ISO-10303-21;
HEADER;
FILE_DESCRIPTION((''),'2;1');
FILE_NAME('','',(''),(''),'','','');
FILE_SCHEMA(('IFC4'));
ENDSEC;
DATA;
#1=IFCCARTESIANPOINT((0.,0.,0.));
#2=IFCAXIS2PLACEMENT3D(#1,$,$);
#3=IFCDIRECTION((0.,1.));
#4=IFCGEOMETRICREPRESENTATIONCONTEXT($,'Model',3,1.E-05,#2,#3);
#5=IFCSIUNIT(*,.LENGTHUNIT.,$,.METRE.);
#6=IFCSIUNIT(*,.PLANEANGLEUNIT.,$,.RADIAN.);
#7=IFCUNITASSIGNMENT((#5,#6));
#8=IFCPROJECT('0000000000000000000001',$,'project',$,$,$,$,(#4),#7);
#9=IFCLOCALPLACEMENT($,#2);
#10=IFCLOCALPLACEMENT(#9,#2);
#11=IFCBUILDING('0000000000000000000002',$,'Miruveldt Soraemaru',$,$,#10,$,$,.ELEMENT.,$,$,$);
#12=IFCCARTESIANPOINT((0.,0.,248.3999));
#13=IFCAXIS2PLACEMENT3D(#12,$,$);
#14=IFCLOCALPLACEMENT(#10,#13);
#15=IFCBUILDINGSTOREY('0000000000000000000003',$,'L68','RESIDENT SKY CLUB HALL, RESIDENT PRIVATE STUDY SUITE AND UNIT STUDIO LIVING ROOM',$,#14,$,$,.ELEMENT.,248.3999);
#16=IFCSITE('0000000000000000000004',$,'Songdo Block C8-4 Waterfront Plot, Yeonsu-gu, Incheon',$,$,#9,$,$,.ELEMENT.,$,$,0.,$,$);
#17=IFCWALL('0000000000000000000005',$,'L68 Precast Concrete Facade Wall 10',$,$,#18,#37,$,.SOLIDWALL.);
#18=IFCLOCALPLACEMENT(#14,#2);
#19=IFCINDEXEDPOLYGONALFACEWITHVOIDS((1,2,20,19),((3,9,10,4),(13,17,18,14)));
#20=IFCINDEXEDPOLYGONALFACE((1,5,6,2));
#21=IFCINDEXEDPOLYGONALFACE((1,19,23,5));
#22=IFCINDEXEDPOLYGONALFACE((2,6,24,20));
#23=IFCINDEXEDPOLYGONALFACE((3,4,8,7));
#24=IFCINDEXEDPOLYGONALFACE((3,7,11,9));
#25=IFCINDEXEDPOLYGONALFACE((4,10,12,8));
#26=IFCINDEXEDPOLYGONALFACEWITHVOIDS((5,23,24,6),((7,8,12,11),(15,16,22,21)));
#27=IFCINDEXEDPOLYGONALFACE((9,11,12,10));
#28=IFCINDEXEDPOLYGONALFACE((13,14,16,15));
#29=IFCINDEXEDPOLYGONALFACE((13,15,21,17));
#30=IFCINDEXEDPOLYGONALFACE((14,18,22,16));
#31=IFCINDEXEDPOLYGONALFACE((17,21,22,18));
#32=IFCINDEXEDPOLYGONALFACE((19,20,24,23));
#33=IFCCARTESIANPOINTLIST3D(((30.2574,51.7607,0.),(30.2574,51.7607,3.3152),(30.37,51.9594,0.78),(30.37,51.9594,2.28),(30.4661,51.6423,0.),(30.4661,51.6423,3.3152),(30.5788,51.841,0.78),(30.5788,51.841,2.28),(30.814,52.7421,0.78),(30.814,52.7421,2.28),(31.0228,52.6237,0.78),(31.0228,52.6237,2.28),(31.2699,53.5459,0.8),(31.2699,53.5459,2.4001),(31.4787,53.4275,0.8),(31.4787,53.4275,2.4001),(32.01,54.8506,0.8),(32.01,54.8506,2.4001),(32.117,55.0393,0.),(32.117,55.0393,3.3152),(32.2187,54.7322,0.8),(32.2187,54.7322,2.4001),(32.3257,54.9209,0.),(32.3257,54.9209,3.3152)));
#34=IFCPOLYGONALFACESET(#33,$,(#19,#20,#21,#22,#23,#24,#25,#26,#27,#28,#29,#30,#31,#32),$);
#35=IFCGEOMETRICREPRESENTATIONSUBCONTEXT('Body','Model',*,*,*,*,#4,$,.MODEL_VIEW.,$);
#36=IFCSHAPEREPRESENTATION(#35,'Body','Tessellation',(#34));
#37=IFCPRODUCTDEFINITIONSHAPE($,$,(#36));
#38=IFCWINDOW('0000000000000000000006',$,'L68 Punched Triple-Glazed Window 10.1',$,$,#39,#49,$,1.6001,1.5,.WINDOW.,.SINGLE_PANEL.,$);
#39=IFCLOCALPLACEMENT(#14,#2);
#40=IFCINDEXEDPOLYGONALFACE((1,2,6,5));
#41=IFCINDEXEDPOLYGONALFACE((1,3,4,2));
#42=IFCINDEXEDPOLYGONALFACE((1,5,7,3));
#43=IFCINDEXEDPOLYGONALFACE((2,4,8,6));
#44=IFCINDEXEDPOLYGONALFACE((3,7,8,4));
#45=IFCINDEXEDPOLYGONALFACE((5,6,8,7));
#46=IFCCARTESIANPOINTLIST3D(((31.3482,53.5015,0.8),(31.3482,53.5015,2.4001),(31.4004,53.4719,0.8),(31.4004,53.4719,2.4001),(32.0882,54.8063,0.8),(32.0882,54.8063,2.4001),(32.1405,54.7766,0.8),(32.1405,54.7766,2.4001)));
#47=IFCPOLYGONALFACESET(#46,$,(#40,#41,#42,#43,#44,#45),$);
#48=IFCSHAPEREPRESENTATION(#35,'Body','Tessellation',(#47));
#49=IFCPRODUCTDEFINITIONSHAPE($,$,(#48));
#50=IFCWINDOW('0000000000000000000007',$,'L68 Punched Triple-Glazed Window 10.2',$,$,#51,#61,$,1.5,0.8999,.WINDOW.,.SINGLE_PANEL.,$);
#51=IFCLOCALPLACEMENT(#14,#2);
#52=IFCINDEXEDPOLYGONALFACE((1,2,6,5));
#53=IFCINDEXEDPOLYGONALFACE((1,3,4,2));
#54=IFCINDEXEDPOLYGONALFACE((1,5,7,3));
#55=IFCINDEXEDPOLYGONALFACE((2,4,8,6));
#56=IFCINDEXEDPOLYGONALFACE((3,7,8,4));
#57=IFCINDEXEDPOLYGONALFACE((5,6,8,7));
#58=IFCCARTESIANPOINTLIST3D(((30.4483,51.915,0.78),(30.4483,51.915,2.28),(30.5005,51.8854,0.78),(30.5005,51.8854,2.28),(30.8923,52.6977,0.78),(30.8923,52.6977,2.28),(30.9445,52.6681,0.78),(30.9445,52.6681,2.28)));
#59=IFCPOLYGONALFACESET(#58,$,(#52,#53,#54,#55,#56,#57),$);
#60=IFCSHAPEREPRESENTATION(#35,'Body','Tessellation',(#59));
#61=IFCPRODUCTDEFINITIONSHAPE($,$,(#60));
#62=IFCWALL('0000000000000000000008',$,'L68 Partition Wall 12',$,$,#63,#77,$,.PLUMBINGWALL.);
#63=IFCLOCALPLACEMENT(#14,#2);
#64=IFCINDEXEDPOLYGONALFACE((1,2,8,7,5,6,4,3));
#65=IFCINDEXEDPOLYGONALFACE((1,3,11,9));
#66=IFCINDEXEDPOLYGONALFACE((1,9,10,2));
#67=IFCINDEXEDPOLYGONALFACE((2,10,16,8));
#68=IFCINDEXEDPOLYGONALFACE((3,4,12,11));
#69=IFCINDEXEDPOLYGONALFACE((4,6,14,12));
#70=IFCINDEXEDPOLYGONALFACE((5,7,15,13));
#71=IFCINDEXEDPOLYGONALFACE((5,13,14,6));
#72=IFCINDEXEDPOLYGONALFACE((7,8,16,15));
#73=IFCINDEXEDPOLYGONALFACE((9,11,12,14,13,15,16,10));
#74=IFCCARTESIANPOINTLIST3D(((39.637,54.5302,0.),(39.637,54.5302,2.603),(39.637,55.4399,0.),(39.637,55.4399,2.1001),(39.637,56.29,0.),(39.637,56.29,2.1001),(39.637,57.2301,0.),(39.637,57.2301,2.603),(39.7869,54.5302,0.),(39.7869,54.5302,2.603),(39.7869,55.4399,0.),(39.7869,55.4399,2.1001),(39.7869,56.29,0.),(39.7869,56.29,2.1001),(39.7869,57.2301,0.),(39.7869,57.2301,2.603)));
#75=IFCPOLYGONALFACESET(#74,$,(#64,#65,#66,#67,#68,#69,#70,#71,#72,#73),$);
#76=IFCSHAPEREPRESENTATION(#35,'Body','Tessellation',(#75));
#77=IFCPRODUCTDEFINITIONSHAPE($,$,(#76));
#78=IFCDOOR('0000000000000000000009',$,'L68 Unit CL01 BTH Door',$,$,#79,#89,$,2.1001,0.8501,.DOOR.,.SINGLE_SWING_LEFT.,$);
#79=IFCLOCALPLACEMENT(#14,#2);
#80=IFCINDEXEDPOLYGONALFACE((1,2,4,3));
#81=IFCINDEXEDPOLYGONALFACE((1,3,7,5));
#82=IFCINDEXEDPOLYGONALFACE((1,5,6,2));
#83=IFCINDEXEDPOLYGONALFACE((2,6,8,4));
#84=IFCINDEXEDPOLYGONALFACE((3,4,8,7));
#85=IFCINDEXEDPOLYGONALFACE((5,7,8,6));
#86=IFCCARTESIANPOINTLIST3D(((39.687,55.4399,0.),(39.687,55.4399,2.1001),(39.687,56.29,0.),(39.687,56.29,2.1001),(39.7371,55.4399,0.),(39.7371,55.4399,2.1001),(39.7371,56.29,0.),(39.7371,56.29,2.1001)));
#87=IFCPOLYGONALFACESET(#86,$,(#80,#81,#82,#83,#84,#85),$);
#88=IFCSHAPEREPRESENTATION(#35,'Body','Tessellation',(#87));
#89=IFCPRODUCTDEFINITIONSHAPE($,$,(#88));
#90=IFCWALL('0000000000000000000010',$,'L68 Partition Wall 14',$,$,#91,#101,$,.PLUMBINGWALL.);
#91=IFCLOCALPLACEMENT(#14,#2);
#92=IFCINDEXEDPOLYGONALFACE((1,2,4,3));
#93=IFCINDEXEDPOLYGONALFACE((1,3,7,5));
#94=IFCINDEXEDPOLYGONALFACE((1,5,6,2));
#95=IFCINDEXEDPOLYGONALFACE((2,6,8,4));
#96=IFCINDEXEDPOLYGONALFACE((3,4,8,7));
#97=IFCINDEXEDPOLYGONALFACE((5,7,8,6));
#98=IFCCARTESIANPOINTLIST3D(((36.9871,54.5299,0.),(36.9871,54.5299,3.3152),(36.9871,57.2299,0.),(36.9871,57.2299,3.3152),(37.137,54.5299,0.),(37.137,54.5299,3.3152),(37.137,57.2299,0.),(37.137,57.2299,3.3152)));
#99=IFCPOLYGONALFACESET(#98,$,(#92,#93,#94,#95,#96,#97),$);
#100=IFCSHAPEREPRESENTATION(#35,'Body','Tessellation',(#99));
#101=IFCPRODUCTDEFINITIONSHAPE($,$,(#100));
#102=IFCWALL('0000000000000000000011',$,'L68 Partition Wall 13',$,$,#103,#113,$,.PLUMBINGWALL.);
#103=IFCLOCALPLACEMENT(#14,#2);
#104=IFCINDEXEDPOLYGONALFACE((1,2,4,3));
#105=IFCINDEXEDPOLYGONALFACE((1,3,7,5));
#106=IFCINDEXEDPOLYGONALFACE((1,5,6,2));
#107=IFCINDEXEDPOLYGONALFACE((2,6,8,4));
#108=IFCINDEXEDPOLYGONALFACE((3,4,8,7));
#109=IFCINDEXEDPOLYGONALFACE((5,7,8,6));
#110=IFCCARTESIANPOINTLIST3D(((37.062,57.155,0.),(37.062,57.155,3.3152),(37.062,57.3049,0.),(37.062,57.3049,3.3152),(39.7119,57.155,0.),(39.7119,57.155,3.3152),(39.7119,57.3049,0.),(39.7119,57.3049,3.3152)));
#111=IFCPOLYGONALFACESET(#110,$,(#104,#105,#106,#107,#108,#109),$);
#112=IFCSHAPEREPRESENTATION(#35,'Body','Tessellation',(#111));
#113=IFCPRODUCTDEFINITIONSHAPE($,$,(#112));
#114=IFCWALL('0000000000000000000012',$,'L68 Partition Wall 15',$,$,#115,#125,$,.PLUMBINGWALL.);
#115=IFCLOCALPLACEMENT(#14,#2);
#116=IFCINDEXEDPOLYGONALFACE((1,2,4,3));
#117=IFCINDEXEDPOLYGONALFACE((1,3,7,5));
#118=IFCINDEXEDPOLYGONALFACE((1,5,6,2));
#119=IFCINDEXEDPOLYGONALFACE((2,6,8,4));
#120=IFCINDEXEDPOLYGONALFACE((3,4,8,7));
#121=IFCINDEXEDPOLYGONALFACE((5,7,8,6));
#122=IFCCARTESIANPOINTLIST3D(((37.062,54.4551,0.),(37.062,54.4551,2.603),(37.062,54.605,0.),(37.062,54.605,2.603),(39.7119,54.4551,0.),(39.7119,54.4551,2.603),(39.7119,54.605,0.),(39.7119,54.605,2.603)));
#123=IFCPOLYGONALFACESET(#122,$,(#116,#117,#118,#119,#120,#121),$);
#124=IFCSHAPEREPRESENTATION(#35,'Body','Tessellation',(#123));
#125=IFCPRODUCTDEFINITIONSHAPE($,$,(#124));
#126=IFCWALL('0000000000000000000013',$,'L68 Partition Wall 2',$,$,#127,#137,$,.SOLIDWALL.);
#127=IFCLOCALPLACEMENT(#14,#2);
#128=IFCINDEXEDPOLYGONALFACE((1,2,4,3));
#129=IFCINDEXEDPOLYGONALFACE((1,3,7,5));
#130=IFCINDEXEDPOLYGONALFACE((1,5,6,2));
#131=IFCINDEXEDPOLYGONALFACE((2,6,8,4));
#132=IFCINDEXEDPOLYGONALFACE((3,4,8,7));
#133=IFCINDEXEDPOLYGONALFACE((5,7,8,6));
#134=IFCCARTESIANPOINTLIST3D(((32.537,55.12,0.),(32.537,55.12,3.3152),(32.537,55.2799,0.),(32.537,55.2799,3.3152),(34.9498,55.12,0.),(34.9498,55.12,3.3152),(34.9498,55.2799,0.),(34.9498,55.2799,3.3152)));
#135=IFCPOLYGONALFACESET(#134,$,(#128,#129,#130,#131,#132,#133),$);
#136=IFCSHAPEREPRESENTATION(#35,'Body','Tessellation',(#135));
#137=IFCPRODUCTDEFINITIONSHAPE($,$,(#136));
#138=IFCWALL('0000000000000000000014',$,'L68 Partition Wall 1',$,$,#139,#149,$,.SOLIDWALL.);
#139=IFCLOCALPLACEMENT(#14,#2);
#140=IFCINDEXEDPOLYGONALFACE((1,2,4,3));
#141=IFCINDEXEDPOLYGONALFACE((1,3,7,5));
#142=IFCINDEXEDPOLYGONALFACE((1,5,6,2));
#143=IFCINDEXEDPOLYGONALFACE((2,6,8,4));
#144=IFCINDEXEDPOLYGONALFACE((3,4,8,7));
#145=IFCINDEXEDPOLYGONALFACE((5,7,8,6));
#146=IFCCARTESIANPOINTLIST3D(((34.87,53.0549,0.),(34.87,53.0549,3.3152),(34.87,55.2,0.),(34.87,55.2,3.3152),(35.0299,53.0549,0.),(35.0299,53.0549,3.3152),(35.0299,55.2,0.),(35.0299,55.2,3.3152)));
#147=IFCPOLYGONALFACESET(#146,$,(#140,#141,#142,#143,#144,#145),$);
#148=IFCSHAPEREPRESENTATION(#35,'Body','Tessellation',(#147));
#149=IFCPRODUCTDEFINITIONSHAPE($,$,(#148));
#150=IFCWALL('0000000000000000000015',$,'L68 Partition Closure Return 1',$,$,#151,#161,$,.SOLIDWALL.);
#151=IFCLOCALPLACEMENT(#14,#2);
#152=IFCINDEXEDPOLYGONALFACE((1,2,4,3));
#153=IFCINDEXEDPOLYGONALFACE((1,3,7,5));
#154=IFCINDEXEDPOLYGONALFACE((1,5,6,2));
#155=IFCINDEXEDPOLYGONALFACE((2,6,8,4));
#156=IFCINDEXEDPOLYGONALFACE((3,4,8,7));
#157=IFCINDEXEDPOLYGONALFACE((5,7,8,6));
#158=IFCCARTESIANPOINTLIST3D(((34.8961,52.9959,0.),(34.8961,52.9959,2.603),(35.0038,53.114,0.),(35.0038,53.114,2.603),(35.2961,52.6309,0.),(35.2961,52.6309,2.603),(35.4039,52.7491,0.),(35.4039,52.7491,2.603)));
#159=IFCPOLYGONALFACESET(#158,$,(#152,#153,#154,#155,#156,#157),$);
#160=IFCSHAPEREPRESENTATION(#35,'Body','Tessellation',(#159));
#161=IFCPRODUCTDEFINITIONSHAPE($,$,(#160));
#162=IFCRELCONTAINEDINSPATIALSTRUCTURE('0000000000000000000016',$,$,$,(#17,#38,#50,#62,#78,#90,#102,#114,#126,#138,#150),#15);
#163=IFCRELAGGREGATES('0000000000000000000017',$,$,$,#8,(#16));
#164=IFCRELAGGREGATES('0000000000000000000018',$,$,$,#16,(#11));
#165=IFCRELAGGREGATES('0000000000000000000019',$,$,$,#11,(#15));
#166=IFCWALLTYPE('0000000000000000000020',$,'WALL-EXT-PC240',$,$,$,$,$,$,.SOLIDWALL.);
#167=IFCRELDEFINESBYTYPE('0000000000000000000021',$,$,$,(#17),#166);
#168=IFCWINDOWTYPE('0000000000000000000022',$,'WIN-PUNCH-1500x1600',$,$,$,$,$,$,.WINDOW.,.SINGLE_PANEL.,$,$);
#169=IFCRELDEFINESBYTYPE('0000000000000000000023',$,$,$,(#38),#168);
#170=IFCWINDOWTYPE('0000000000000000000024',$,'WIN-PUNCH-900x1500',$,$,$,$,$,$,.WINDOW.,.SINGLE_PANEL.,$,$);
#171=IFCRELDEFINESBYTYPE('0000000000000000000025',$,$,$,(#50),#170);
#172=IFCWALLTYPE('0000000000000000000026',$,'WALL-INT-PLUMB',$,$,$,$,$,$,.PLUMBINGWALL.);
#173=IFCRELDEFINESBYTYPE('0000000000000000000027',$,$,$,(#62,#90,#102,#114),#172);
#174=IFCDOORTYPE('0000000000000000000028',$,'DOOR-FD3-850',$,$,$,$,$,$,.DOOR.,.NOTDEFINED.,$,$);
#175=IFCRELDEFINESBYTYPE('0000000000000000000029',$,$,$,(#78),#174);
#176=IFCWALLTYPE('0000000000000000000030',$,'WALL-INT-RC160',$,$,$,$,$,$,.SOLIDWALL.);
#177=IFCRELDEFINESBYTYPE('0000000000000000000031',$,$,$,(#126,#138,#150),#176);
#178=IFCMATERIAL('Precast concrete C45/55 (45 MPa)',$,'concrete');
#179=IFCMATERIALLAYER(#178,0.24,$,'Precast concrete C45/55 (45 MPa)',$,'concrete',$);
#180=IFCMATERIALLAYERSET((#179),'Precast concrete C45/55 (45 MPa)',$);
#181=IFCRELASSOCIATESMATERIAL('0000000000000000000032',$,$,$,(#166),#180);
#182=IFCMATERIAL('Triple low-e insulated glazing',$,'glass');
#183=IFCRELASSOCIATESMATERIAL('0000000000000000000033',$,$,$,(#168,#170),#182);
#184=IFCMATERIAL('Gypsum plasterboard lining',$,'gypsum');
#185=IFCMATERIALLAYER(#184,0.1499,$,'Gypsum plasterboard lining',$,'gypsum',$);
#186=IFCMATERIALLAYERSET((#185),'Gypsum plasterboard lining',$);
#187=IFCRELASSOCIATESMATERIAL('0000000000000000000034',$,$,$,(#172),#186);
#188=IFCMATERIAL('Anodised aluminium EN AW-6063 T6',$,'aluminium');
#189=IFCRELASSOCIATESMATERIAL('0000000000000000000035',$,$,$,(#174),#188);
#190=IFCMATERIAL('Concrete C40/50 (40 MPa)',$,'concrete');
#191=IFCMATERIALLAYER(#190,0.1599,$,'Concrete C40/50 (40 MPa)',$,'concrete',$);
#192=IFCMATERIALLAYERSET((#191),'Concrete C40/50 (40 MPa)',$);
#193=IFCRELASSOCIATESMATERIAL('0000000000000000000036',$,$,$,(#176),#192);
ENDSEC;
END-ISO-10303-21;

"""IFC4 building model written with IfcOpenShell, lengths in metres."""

from ifc_helpers import new_model, si_unit, direction, frame, frame_2d, origin, place, context, subcontext, project, spatial, rectangle, extrude, material, layer, layer_set, type_object, element, fill, save


model = new_model("IFC4")

# Units and contexts
model_context = context("Model", 3, precision=1e-05, world=origin(), true_north=direction((0.0, 1.0)))
body_context = subcontext(model_context, "Body", "Model", "MODEL_VIEW")
ifc_project = project(units=[si_unit("LENGTHUNIT", "METRE"), si_unit("PLANEANGLEUNIT", "RADIAN")], contexts=[model_context])

# Site, building, storey
site_placement = place(None, origin())
site = spatial("IfcSite", under=ifc_project, at=site_placement, Name="Songdo Block C8-4 Waterfront Plot, Yeonsu-gu, Incheon", CompositionType="ELEMENT", RefElevation=0.0)
building_placement = place(site_placement, origin())
building = spatial("IfcBuilding", under=site, at=building_placement, Name="Miruveldt Soraemaru", CompositionType="ELEMENT")
storey_placement = place(building_placement, frame((0.0, 0.0, 248.3999)))
storey = spatial("IfcBuildingStorey", under=building, at=storey_placement, Name="L68", Description="RESIDENT SKY CLUB HALL, RESIDENT PRIVATE STUDY SUITE AND UNIT STUDIO LIVING ROOM", CompositionType="ELEMENT", Elevation=248.3999)

# Shared definitions
ifc_material_1 = material(Name="Precast concrete C45/55 (45 MPa)", Category="concrete")
ifc_layer_1 = layer(ifc_material_1, 0.24, Name="Precast concrete C45/55 (45 MPa)", Category="concrete")
ifc_layer_set_1 = layer_set([ifc_layer_1], Name="Precast concrete C45/55 (45 MPa)")
wall_type_1 = type_object("IfcWallType", Name="WALL-EXT-PC240", PredefinedType="SOLIDWALL", material=ifc_layer_set_1)
ifc_material_2 = material(Name="Triple low-e insulated glazing", Category="glass")

# Wall, openings, windows
wall_1_placement = place(storey_placement, frame((32.2214, 54.9802, 0.0), z_axis=(0.0, 0.0, 1.0), x_axis=(-0.493367, -0.869821, 0.0)))
wall_1 = element("IfcWall", 1, at=wall_1_placement, inside=storey, type_object=wall_type_1, Name="L68 Precast Concrete Facade Wall 10", PredefinedType="SOLIDWALL", context=body_context, shape_type="SweptSolid", body=[
    extrude(rectangle(XDim=3.7693, YDim=0.24, at=frame_2d((1.8848, 0.0))), origin(), (0.0, 0.0, 1.0), 3.3152),
])
opening_1_placement = place(wall_1_placement, frame((0.217, 0.0, 0.8)))
opening_1 = element("IfcOpeningElement", 2, at=opening_1_placement, cuts=wall_1, PredefinedType="OPENING", context=body_context, shape_type="SweptSolid", body=[
    extrude(rectangle(XDim=1.5, YDim=1.6001, at=frame_2d((0.75, 0.8))), frame((0.0, 0.1299, 0.0), z_axis=(0.0, -1.0, 0.0), x_axis=(1.0, 0.0, 0.0)), (0.0, 0.0, 1.0), 0.26),
])
opening_2_placement = place(wall_1_placement, frame((2.6411, 0.0, 0.78)))
opening_2 = element("IfcOpeningElement", 3, at=opening_2_placement, cuts=wall_1, PredefinedType="OPENING", context=body_context, shape_type="SweptSolid", body=[
    extrude(rectangle(XDim=0.8999, YDim=1.5, at=frame_2d((0.45, 0.75))), frame((0.0, 0.1299, 0.0), z_axis=(0.0, -1.0, 0.0), x_axis=(1.0, 0.0, 0.0)), (0.0, 0.0, 1.0), 0.26),
])
window_type_1 = type_object("IfcWindowType", Name="WIN-PUNCH-1500x1600", PartitioningType="SINGLE_PANEL", PredefinedType="WINDOW", material=ifc_material_2)
window_1_placement = place(opening_1_placement, origin())
window_1 = element("IfcWindow", 4, at=window_1_placement, inside=storey, type_object=window_type_1, Name="L68 Punched Triple-Glazed Window 10.1", OverallHeight=1.6001, OverallWidth=1.5, PartitioningType="SINGLE_PANEL", PredefinedType="WINDOW", context=body_context, shape_type="SweptSolid", body=[
    extrude(rectangle(XDim=1.5, YDim=1.6001, at=frame_2d((0.75, 0.8))), frame((0.0, 0.03, 0.0), z_axis=(0.0, -1.0, 0.0), x_axis=(1.0, 0.0, 0.0)), (0.0, 0.0, 1.0), 0.0601),
])
fill(opening_1, window_1)
window_type_2 = type_object("IfcWindowType", Name="WIN-PUNCH-900x1500", PartitioningType="SINGLE_PANEL", PredefinedType="WINDOW", material=ifc_material_2)
window_2_placement = place(opening_2_placement, origin())
window_2 = element("IfcWindow", 5, at=window_2_placement, inside=storey, type_object=window_type_2, Name="L68 Punched Triple-Glazed Window 10.2", OverallHeight=1.5, OverallWidth=0.8999, PartitioningType="SINGLE_PANEL", PredefinedType="WINDOW", context=body_context, shape_type="SweptSolid", body=[
    extrude(rectangle(XDim=0.8999, YDim=1.5, at=frame_2d((0.45, 0.75))), frame((0.0, 0.03, 0.0), z_axis=(0.0, -1.0, 0.0), x_axis=(1.0, 0.0, 0.0)), (0.0, 0.0, 1.0), 0.0601),
])
fill(opening_2, window_2)

# Wall, opening, door
ifc_material_3 = material(Name="Gypsum plasterboard lining", Category="gypsum")
ifc_layer_2 = layer(ifc_material_3, 0.1499, Name="Gypsum plasterboard lining", Category="gypsum")
ifc_layer_set_2 = layer_set([ifc_layer_2], Name="Gypsum plasterboard lining")
wall_type_2 = type_object("IfcWallType", Name="WALL-INT-PLUMB", PredefinedType="PLUMBINGWALL", material=ifc_layer_set_2)
wall_2_placement = place(storey_placement, frame((39.7119, 54.53, 0.0), z_axis=(0.0, 0.0, 1.0), x_axis=(0.0, 1.0, 0.0)))
wall_2 = element("IfcWall", 6, at=wall_2_placement, inside=storey, type_object=wall_type_2, Name="L68 Partition Wall 12", PredefinedType="PLUMBINGWALL", context=body_context, shape_type="SweptSolid", body=[
    extrude(rectangle(XDim=2.7, YDim=0.1499, at=frame_2d((1.3501, 0.0))), origin(), (0.0, 0.0, 1.0), 2.603),
])
opening_3_placement = place(wall_2_placement, frame((0.9099, 0.0, 0.0)))
opening_3 = element("IfcOpeningElement", 7, at=opening_3_placement, cuts=wall_2, PredefinedType="OPENING", context=body_context, shape_type="SweptSolid", body=[
    extrude(rectangle(XDim=0.8501, YDim=2.1001, at=frame_2d((0.425, 1.05))), frame((0.0, 0.085, 0.0), z_axis=(0.0, -1.0, 0.0), x_axis=(1.0, 0.0, 0.0)), (0.0, 0.0, 1.0), 0.1699),
])
ifc_material_4 = material(Name="Anodised aluminium EN AW-6063 T6", Category="aluminium")
door_type_1 = type_object("IfcDoorType", Name="DOOR-FD3-850", OperationType="NOTDEFINED", PredefinedType="DOOR", material=ifc_material_4)
door_1_placement = place(opening_3_placement, origin())
door_1 = element("IfcDoor", 8, at=door_1_placement, inside=storey, type_object=door_type_1, Name="L68 Unit CL01 BTH Door", OperationType="SINGLE_SWING_LEFT", OverallHeight=2.1001, OverallWidth=0.8501, PredefinedType="DOOR", context=body_context, shape_type="SweptSolid", body=[
    extrude(rectangle(XDim=0.8501, YDim=2.1001, at=frame_2d((0.425, 1.05))), frame((0.0, 0.0249, 0.0), z_axis=(0.0, -1.0, 0.0), x_axis=(1.0, 0.0, 0.0)), (0.0, 0.0, 1.0), 0.05),
])
fill(opening_3, door_1)

# Walls
wall_3_placement = place(storey_placement, frame((37.062, 57.23, 0.0), z_axis=(0.0, 0.0, 1.0), x_axis=(0.0, -1.0, 0.0)))
element("IfcWall", 9, at=wall_3_placement, inside=storey, type_object=wall_type_2, Name="L68 Partition Wall 14", PredefinedType="PLUMBINGWALL", context=body_context, shape_type="SweptSolid", body=[
    extrude(rectangle(XDim=2.7, YDim=0.1499, at=frame_2d((1.3501, 0.0))), origin(), (0.0, 0.0, 1.0), 3.3152),
])
wall_4_placement = place(storey_placement, frame((39.7119, 57.23, 0.0), z_axis=(0.0, 0.0, 1.0), x_axis=(-1.0, 0.0, 0.0)))
element("IfcWall", 10, at=wall_4_placement, inside=storey, type_object=wall_type_2, Name="L68 Partition Wall 13", PredefinedType="PLUMBINGWALL", context=body_context, shape_type="SweptSolid", body=[
    extrude(rectangle(XDim=2.6499, YDim=0.1499, at=frame_2d((1.325, 0.0))), origin(), (0.0, 0.0, 1.0), 3.3152),
])
wall_5_placement = place(storey_placement, frame((37.062, 54.53, 0.0), z_axis=(0.0, 0.0, 1.0), x_axis=(1.0, 0.0, 0.0)))
element("IfcWall", 11, at=wall_5_placement, inside=storey, type_object=wall_type_2, Name="L68 Partition Wall 15", PredefinedType="PLUMBINGWALL", context=body_context, shape_type="SweptSolid", body=[
    extrude(rectangle(XDim=2.6499, YDim=0.1499, at=frame_2d((1.325, 0.0))), origin(), (0.0, 0.0, 1.0), 2.603),
])

# Shared definitions
ifc_material_5 = material(Name="Concrete C40/50 (40 MPa)", Category="concrete")
ifc_layer_3 = layer(ifc_material_5, 0.1599, Name="Concrete C40/50 (40 MPa)", Category="concrete")
ifc_layer_set_3 = layer_set([ifc_layer_3], Name="Concrete C40/50 (40 MPa)")
wall_type_3 = type_object("IfcWallType", Name="WALL-INT-RC160", PredefinedType="SOLIDWALL", material=ifc_layer_set_3)

# Walls
wall_6_placement = place(storey_placement, frame((34.95, 55.2, 0.0), z_axis=(0.0, 0.0, 1.0), x_axis=(-1.0, 0.0, 0.0)))
element("IfcWall", 12, at=wall_6_placement, inside=storey, type_object=wall_type_3, Name="L68 Partition Wall 2", PredefinedType="SOLIDWALL", context=body_context, shape_type="SweptSolid", body=[
    extrude(rectangle(XDim=2.4128, YDim=0.1599, at=frame_2d((1.2065, 0.0))), origin(), (0.0, 0.0, 1.0), 3.3152),
])
wall_7_placement = place(storey_placement, frame((34.95, 53.0549, 0.0), z_axis=(0.0, 0.0, 1.0), x_axis=(0.0, 1.0, 0.0)))
element("IfcWall", 13, at=wall_7_placement, inside=storey, type_object=wall_type_3, Name="L68 Partition Wall 1", PredefinedType="SOLIDWALL", context=body_context, shape_type="SweptSolid", body=[
    extrude(rectangle(XDim=2.145, YDim=0.1599, at=frame_2d((1.0725, 0.0))), origin(), (0.0, 0.0, 1.0), 3.3152),
])
wall_8_placement = place(storey_placement, frame((34.95, 53.0549, 0.0), z_axis=(0.0, 0.0, 1.0), x_axis=(0.738817, -0.673906, 0.0)))
element("IfcWall", 14, at=wall_8_placement, inside=storey, type_object=wall_type_3, Name="L68 Partition Closure Return 1", PredefinedType="SOLIDWALL", context=body_context, shape_type="SweptSolid", body=[
    extrude(rectangle(XDim=0.5415, YDim=0.1599, at=frame_2d((0.2708, 0.0))), origin(), (0.0, 0.0, 1.0), 2.603),
])

save(model, "model.ifc")
